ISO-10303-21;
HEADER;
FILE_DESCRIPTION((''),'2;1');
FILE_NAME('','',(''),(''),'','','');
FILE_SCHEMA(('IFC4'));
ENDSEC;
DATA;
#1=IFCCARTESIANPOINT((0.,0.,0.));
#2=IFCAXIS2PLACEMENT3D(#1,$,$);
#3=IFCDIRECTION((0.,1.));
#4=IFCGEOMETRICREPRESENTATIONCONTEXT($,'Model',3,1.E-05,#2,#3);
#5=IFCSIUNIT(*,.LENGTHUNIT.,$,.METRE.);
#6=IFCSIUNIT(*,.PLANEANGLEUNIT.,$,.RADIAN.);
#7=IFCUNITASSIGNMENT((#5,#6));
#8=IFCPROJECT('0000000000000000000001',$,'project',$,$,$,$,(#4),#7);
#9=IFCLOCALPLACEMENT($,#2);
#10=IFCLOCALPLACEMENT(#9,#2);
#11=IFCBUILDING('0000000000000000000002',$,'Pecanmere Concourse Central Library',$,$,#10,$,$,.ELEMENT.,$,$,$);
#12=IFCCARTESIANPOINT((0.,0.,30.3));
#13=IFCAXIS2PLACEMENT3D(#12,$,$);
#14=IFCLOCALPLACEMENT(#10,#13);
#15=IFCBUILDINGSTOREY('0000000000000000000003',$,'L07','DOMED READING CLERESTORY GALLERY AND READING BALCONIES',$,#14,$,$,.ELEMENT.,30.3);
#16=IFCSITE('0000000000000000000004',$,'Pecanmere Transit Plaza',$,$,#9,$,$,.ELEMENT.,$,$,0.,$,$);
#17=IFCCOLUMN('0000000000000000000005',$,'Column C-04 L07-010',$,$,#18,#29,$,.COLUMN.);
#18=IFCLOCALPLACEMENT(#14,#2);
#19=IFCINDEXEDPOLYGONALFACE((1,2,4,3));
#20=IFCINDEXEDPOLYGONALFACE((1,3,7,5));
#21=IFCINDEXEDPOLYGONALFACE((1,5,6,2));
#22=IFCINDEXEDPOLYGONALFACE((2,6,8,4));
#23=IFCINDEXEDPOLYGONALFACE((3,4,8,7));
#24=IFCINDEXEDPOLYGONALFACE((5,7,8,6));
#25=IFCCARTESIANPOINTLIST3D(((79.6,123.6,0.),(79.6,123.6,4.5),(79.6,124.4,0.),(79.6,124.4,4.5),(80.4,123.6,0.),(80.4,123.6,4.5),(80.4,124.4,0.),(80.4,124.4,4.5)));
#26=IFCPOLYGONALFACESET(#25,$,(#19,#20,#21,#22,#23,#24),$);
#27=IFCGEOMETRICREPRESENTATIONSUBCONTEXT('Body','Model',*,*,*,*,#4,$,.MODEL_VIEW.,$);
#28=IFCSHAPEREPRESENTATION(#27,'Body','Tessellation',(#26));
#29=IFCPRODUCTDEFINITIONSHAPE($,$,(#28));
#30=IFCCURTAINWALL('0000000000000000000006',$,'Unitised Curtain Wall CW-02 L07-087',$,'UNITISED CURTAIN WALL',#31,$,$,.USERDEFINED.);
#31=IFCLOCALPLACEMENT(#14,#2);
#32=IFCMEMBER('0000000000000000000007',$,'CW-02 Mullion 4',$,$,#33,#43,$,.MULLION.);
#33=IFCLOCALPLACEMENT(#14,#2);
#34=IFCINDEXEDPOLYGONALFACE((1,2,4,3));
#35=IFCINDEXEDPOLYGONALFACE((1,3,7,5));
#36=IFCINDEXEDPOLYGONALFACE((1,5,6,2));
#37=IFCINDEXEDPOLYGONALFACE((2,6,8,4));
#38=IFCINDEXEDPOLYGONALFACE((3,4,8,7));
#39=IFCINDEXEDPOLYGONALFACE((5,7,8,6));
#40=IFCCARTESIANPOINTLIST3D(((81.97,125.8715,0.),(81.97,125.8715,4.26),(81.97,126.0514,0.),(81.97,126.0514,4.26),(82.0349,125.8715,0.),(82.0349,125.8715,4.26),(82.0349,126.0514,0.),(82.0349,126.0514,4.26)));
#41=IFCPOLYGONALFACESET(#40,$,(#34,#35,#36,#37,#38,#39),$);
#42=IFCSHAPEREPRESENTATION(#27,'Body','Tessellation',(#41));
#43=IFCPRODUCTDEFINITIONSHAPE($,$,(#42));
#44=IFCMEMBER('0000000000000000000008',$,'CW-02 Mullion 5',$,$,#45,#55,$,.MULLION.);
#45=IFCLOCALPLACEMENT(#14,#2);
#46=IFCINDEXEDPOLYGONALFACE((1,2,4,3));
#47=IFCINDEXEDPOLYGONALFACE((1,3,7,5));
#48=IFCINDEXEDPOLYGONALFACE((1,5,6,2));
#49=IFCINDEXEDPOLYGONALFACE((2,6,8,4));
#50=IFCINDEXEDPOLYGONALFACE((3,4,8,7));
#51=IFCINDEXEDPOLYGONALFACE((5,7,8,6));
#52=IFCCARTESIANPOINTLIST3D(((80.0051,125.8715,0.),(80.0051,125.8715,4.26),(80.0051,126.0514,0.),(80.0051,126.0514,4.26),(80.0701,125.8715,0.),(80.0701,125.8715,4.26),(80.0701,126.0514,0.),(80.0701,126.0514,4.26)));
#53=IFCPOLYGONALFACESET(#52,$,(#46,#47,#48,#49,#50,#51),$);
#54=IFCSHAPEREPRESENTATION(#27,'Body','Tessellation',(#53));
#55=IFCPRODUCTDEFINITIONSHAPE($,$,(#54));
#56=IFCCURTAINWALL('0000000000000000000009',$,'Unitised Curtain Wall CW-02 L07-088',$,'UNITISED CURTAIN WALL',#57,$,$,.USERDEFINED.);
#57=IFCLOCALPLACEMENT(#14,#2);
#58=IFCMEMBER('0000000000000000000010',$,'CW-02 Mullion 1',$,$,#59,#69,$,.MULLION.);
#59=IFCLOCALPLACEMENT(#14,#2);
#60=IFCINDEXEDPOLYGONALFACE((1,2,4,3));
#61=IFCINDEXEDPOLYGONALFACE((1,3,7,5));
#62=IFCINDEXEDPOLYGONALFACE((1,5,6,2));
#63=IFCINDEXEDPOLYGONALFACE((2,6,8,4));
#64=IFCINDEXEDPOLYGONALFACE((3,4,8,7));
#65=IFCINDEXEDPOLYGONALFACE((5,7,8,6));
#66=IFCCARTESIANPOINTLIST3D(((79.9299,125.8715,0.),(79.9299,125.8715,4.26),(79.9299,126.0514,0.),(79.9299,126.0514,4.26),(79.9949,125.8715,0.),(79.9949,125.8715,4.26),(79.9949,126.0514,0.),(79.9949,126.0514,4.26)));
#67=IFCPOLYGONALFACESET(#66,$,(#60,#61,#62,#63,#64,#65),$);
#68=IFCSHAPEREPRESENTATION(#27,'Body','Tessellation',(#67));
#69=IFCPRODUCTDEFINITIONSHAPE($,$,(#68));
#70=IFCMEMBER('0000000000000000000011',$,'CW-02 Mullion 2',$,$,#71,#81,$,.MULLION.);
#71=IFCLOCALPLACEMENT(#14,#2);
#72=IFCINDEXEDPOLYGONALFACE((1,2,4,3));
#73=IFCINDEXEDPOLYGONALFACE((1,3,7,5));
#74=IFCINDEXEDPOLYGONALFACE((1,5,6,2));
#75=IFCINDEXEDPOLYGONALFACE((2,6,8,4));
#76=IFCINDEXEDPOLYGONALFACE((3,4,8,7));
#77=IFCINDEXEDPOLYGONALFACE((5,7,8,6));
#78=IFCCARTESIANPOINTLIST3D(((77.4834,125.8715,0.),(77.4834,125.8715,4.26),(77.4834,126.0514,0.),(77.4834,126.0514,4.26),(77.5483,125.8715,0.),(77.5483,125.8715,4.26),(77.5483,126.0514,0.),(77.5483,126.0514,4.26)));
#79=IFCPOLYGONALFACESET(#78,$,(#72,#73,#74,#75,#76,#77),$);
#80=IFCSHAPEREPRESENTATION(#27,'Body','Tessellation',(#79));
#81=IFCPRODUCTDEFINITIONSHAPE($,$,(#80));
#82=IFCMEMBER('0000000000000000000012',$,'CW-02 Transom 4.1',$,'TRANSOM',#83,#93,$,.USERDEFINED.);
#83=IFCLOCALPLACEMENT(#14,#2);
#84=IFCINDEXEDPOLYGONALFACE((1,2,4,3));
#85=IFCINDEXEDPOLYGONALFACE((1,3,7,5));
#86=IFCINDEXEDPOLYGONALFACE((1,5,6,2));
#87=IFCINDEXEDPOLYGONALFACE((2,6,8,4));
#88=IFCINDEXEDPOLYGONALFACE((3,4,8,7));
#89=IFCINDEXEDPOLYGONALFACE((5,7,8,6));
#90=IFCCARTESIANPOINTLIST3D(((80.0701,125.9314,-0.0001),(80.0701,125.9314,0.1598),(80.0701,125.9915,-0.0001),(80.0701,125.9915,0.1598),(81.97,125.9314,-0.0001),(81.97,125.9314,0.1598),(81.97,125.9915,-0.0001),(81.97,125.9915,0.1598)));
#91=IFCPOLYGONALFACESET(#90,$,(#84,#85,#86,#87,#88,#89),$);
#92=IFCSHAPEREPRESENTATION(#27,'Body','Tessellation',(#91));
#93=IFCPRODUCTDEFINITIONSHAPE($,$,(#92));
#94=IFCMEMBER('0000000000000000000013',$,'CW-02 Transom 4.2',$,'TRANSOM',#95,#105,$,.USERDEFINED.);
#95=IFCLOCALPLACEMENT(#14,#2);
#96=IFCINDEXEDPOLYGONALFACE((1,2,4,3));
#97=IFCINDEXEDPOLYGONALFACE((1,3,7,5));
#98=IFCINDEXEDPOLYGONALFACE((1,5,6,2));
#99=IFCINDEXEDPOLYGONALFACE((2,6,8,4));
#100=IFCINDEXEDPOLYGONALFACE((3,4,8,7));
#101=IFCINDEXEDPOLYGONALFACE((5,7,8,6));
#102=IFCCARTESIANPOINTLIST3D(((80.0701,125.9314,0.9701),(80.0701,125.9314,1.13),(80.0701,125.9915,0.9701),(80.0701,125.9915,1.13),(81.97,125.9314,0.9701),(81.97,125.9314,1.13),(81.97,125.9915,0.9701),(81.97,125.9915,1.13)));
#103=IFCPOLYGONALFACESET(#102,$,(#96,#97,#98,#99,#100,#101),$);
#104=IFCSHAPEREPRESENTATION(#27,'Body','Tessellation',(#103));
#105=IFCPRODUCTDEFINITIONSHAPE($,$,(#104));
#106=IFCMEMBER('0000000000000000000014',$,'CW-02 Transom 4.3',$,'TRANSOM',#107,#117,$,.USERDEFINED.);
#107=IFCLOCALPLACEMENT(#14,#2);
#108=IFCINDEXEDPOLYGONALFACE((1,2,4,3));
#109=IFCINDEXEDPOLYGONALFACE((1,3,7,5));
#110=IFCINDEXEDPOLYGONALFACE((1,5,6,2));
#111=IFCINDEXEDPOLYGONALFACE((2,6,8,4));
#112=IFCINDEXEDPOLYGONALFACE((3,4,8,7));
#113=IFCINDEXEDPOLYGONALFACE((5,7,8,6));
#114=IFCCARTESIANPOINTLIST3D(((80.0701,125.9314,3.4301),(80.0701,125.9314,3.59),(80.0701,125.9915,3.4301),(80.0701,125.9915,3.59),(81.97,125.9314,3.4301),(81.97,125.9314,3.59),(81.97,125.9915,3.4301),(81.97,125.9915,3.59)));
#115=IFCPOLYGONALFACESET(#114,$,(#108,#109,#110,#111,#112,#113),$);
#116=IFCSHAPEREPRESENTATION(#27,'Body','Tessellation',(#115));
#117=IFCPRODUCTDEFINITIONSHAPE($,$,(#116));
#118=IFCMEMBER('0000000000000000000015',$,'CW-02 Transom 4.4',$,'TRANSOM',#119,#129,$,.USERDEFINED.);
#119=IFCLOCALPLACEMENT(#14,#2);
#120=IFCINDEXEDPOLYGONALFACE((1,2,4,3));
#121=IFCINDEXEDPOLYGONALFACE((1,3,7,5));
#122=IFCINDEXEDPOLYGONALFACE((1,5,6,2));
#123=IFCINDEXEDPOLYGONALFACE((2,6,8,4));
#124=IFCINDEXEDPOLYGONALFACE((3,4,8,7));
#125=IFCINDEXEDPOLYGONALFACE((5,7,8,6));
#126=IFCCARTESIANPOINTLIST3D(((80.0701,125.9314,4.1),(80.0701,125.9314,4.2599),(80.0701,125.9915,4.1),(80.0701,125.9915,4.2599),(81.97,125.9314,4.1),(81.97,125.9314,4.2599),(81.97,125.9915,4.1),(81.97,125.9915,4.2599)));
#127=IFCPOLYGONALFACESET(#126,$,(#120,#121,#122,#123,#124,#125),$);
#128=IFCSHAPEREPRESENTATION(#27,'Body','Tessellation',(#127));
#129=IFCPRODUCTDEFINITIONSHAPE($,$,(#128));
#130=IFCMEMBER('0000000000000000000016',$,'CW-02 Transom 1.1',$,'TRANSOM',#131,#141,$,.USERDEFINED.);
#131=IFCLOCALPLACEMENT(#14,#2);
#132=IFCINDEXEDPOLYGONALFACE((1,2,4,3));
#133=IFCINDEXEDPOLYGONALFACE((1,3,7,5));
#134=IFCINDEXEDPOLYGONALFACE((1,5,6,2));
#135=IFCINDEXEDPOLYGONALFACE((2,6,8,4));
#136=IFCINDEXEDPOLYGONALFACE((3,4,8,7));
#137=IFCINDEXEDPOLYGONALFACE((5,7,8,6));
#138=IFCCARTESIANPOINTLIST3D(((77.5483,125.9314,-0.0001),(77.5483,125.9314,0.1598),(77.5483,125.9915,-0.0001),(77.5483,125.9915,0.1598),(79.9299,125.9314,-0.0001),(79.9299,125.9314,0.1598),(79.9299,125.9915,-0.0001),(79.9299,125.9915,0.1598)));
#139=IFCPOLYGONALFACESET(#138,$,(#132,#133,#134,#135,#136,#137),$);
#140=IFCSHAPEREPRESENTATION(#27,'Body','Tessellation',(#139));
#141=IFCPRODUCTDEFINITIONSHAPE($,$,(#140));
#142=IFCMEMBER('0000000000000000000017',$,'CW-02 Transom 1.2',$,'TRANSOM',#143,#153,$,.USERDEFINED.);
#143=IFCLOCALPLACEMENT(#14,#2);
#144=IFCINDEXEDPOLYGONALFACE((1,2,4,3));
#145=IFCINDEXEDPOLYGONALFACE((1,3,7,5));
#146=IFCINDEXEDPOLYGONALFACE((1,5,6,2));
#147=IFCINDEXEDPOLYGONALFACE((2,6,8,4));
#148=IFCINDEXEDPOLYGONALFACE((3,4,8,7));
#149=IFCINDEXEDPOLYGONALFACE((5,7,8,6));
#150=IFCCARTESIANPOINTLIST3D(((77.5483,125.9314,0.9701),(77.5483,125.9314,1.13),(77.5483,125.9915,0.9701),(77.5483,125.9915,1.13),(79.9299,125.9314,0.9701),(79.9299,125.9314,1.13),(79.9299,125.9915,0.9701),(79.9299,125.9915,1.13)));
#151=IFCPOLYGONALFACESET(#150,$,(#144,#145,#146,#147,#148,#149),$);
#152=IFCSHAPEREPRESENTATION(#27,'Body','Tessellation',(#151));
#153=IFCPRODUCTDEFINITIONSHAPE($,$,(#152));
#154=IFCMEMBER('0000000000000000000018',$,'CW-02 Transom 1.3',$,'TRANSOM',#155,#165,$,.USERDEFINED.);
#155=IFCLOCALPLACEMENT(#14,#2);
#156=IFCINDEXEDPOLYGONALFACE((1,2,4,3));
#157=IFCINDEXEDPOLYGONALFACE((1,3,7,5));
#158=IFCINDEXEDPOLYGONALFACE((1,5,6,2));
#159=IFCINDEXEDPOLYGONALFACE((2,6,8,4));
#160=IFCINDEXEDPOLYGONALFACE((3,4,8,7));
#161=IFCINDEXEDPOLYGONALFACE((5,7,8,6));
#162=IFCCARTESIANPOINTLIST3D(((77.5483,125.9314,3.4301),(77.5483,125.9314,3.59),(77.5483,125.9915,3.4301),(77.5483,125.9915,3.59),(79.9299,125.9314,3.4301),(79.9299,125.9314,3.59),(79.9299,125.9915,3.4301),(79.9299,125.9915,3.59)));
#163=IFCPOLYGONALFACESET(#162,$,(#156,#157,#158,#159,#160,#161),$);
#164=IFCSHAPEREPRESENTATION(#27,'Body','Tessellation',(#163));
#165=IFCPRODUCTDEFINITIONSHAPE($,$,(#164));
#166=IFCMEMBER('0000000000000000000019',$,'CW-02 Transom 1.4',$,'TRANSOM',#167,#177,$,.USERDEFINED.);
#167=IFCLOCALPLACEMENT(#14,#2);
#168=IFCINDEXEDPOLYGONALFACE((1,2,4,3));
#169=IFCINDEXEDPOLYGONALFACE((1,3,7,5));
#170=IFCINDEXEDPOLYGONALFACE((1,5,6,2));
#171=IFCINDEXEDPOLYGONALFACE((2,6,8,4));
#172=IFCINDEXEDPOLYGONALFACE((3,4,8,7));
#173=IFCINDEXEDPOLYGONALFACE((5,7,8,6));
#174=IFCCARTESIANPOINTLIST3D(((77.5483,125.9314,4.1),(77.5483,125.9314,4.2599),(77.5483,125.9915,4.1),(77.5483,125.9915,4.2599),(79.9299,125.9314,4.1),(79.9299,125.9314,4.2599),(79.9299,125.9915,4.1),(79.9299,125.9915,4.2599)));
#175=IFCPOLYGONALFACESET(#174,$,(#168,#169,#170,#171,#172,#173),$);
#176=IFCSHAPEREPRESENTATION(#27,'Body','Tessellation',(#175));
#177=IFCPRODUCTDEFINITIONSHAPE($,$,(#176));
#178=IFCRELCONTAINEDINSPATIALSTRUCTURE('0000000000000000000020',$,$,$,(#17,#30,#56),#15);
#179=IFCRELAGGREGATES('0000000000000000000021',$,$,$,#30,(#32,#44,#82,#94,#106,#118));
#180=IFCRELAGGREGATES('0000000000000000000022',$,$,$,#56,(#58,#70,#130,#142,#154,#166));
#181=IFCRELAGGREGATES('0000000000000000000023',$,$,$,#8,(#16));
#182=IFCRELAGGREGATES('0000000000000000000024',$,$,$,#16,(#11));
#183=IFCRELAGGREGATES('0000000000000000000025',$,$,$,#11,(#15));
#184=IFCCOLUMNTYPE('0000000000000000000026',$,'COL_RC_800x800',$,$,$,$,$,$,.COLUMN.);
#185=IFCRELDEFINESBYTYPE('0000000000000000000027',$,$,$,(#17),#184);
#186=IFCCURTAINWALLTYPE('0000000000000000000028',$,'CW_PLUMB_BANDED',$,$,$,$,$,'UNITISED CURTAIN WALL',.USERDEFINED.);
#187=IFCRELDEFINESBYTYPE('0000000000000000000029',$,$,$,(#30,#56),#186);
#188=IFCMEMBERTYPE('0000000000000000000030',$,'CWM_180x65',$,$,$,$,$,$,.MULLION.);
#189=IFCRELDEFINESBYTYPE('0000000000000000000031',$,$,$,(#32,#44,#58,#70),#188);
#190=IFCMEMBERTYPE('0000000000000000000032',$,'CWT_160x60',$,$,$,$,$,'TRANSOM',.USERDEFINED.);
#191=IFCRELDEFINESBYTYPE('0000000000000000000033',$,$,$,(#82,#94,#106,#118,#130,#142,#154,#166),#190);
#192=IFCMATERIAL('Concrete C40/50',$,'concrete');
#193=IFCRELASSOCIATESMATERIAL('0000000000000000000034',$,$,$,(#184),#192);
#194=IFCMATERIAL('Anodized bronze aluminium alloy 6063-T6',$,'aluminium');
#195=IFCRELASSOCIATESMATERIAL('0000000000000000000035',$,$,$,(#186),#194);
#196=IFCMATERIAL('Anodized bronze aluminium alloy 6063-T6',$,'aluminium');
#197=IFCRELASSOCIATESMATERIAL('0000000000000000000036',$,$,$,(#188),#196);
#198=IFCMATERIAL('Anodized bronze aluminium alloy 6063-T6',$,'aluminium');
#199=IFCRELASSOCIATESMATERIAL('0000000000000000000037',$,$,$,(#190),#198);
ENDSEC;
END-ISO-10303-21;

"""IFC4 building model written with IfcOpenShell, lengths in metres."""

from ifc_helpers import new_model, si_unit, direction, frame, origin, origin_2d, place, context, subcontext, project, spatial, rectangle, extrude, material, material_profile, profile_set, type_object, element, aggregate, save


model = new_model("IFC4")

# Units and contexts
model_context = context("Model", 3, precision=1e-05, world=origin(), true_north=direction((0.0, 1.0)))
body_context = subcontext(model_context, "Body", "Model", "MODEL_VIEW")
ifc_project = project(units=[si_unit("LENGTHUNIT", "METRE"), si_unit("PLANEANGLEUNIT", "RADIAN")], contexts=[model_context])

# Site, building, storey
site_placement = place(None, origin())
site = spatial("IfcSite", under=ifc_project, at=site_placement, Name="Pecanmere Transit Plaza", CompositionType="ELEMENT", RefElevation=0.0)
building_placement = place(site_placement, origin())
building = spatial("IfcBuilding", under=site, at=building_placement, Name="Pecanmere Concourse Central Library", CompositionType="ELEMENT")
storey_placement = place(building_placement, frame((0.0, 0.0, 30.3)))
storey = spatial("IfcBuildingStorey", under=building, at=storey_placement, Name="L07", Description="DOMED READING CLERESTORY GALLERY AND READING BALCONIES", CompositionType="ELEMENT", Elevation=30.3)

# Column
ifc_material_1 = material(Name="Concrete C40/50", Category="concrete")
ifc_material_profile_1 = material_profile(ifc_material_1, rectangle(XDim=0.8, YDim=0.8, at=origin_2d()), Name="RC 800x800")
ifc_profile_set_1 = profile_set([ifc_material_profile_1], Name="Concrete C40/50")
column_type = type_object("IfcColumnType", Name="COL_RC_800x800", PredefinedType="COLUMN", material=ifc_profile_set_1)
column_placement = place(storey_placement, frame((80.0, 124.0, 0.0), z_axis=(0.0, 0.0, 1.0), x_axis=(1.0, 0.0, 0.0)))
element("IfcColumn", 1, at=column_placement, inside=storey, type_object=column_type, Name="Column C-04 L07-010", PredefinedType="COLUMN", context=body_context, shape_type="SweptSolid", body=[
    extrude(rectangle(XDim=0.8, YDim=0.8, at=origin_2d()), origin(), (0.0, 0.0, 1.0), 4.5),
])

# Curtain walls, members
ifc_material_2 = material(Name="Anodized bronze aluminium alloy 6063-T6", Category="aluminium")
curtain_wall_type = type_object("IfcCurtainWallType", Name="CW_PLUMB_BANDED", ElementType="UNITISED CURTAIN WALL", PredefinedType="USERDEFINED", material=ifc_material_2)
curtain_wall_1_placement = place(storey_placement, origin())
curtain_wall_1 = element("IfcCurtainWall", 2, at=curtain_wall_1_placement, inside=storey, type_object=curtain_wall_type, Name="Unitised Curtain Wall CW-02 L07-087", ObjectType="UNITISED CURTAIN WALL", PredefinedType="USERDEFINED")
ifc_material_3 = material(Name="Anodized bronze aluminium alloy 6063-T6", Category="aluminium")
ifc_material_profile_2 = material_profile(ifc_material_3, rectangle(XDim=0.0649, YDim=0.1799, at=origin_2d()), Name="AL 65x180")
ifc_profile_set_2 = profile_set([ifc_material_profile_2], Name="Anodized bronze aluminium alloy 6063-T6")
member_type_1 = type_object("IfcMemberType", Name="CWM_180x65", PredefinedType="MULLION", material=ifc_profile_set_2)
member_1_placement = place(storey_placement, frame((82.0024, 125.9614, 0.0), z_axis=(0.0, 0.0, 1.0), x_axis=(-1.0, 0.0, 0.0)))
member_1 = element("IfcMember", 3, at=member_1_placement, type_object=member_type_1, Name="CW-02 Mullion 4", PredefinedType="MULLION", context=body_context, shape_type="SweptSolid", body=[
    extrude(rectangle(XDim=0.0649, YDim=0.1799, at=origin_2d()), origin(), (0.0, 0.0, 1.0), 4.26),
])
member_2_placement = place(storey_placement, frame((80.0376, 125.9614, 0.0), z_axis=(0.0, 0.0, 1.0), x_axis=(-1.0, 0.0, 0.0)))
member_2 = element("IfcMember", 4, at=member_2_placement, type_object=member_type_1, Name="CW-02 Mullion 5", PredefinedType="MULLION", context=body_context, shape_type="SweptSolid", body=[
    extrude(rectangle(XDim=0.0649, YDim=0.1799, at=origin_2d()), origin(), (0.0, 0.0, 1.0), 4.26),
])
curtain_wall_2_placement = place(storey_placement, origin())
curtain_wall_2 = element("IfcCurtainWall", 5, at=curtain_wall_2_placement, inside=storey, type_object=curtain_wall_type, Name="Unitised Curtain Wall CW-02 L07-088", ObjectType="UNITISED CURTAIN WALL", PredefinedType="USERDEFINED")
member_3_placement = place(storey_placement, frame((79.9624, 125.9614, 0.0), z_axis=(0.0, 0.0, 1.0), x_axis=(-1.0, 0.0, 0.0)))
member_3 = element("IfcMember", 6, at=member_3_placement, type_object=member_type_1, Name="CW-02 Mullion 1", PredefinedType="MULLION", context=body_context, shape_type="SweptSolid", body=[
    extrude(rectangle(XDim=0.0649, YDim=0.1799, at=origin_2d()), origin(), (0.0, 0.0, 1.0), 4.26),
])
member_4_placement = place(storey_placement, frame((77.5159, 125.9614, 0.0), z_axis=(0.0, 0.0, 1.0), x_axis=(-1.0, 0.0, 0.0)))
member_4 = element("IfcMember", 7, at=member_4_placement, type_object=member_type_1, Name="CW-02 Mullion 2", PredefinedType="MULLION", context=body_context, shape_type="SweptSolid", body=[
    extrude(rectangle(XDim=0.0649, YDim=0.1799, at=origin_2d()), origin(), (0.0, 0.0, 1.0), 4.26),
])

# Members
ifc_material_4 = material(Name="Anodized bronze aluminium alloy 6063-T6", Category="aluminium")
ifc_material_profile_3 = material_profile(ifc_material_4, rectangle(XDim=0.0601, YDim=0.1599, at=origin_2d()), Name="AL 60x160")
ifc_profile_set_3 = profile_set([ifc_material_profile_3], Name="Anodized bronze aluminium alloy 6063-T6")
member_type_2 = type_object("IfcMemberType", Name="CWT_160x60", ElementType="TRANSOM", PredefinedType="USERDEFINED", material=ifc_profile_set_3)
member_5_placement = place(storey_placement, frame((81.97, 125.9614, 0.0798), z_axis=(-1.0, 0.0, 0.0), x_axis=(0.0, -1.0, 0.0)))
member_5 = element("IfcMember", 8, at=member_5_placement, type_object=member_type_2, Name="CW-02 Transom 4.1", ObjectType="TRANSOM", PredefinedType="USERDEFINED", context=body_context, shape_type="SweptSolid", body=[
    extrude(rectangle(XDim=0.0601, YDim=0.1599, at=origin_2d()), origin(), (0.0, 0.0, 1.0), 1.8999),
])
member_6_placement = place(storey_placement, frame((81.97, 125.9614, 1.05), z_axis=(-1.0, 0.0, 0.0), x_axis=(0.0, -1.0, 0.0)))
member_6 = element("IfcMember", 9, at=member_6_placement, type_object=member_type_2, Name="CW-02 Transom 4.2", ObjectType="TRANSOM", PredefinedType="USERDEFINED", context=body_context, shape_type="SweptSolid", body=[
    extrude(rectangle(XDim=0.0601, YDim=0.1599, at=origin_2d()), origin(), (0.0, 0.0, 1.0), 1.8999),
])
member_7_placement = place(storey_placement, frame((81.97, 125.9614, 3.51), z_axis=(-1.0, 0.0, 0.0), x_axis=(0.0, -1.0, 0.0)))
member_7 = element("IfcMember", 10, at=member_7_placement, type_object=member_type_2, Name="CW-02 Transom 4.3", ObjectType="TRANSOM", PredefinedType="USERDEFINED", context=body_context, shape_type="SweptSolid", body=[
    extrude(rectangle(XDim=0.0601, YDim=0.1599, at=origin_2d()), origin(), (0.0, 0.0, 1.0), 1.8999),
])
member_8_placement = place(storey_placement, frame((81.97, 125.9614, 4.1799), z_axis=(-1.0, 0.0, 0.0), x_axis=(0.0, -1.0, 0.0)))
member_8 = element("IfcMember", 11, at=member_8_placement, type_object=member_type_2, Name="CW-02 Transom 4.4", ObjectType="TRANSOM", PredefinedType="USERDEFINED", context=body_context, shape_type="SweptSolid", body=[
    extrude(rectangle(XDim=0.0601, YDim=0.1599, at=origin_2d()), origin(), (0.0, 0.0, 1.0), 1.8999),
])
member_9_placement = place(storey_placement, frame((79.9299, 125.9614, 0.0798), z_axis=(-1.0, 0.0, 0.0), x_axis=(0.0, -1.0, 0.0)))
member_9 = element("IfcMember", 12, at=member_9_placement, type_object=member_type_2, Name="CW-02 Transom 1.1", ObjectType="TRANSOM", PredefinedType="USERDEFINED", context=body_context, shape_type="SweptSolid", body=[
    extrude(rectangle(XDim=0.0601, YDim=0.1599, at=origin_2d()), origin(), (0.0, 0.0, 1.0), 2.3816),
])
member_10_placement = place(storey_placement, frame((79.9299, 125.9614, 1.05), z_axis=(-1.0, 0.0, 0.0), x_axis=(0.0, -1.0, 0.0)))
member_10 = element("IfcMember", 13, at=member_10_placement, type_object=member_type_2, Name="CW-02 Transom 1.2", ObjectType="TRANSOM", PredefinedType="USERDEFINED", context=body_context, shape_type="SweptSolid", body=[
    extrude(rectangle(XDim=0.0601, YDim=0.1599, at=origin_2d()), origin(), (0.0, 0.0, 1.0), 2.3816),
])
member_11_placement = place(storey_placement, frame((79.9299, 125.9614, 3.51), z_axis=(-1.0, 0.0, 0.0), x_axis=(0.0, -1.0, 0.0)))
member_11 = element("IfcMember", 14, at=member_11_placement, type_object=member_type_2, Name="CW-02 Transom 1.3", ObjectType="TRANSOM", PredefinedType="USERDEFINED", context=body_context, shape_type="SweptSolid", body=[
    extrude(rectangle(XDim=0.0601, YDim=0.1599, at=origin_2d()), origin(), (0.0, 0.0, 1.0), 2.3816),
])
member_12_placement = place(storey_placement, frame((79.9299, 125.9614, 4.1799), z_axis=(-1.0, 0.0, 0.0), x_axis=(0.0, -1.0, 0.0)))
member_12 = element("IfcMember", 15, at=member_12_placement, type_object=member_type_2, Name="CW-02 Transom 1.4", ObjectType="TRANSOM", PredefinedType="USERDEFINED", context=body_context, shape_type="SweptSolid", body=[
    extrude(rectangle(XDim=0.0601, YDim=0.1599, at=origin_2d()), origin(), (0.0, 0.0, 1.0), 2.3816),
])

aggregate(curtain_wall_1, [member_1, member_2, member_5, member_6, member_7, member_8])
aggregate(curtain_wall_2, [member_3, member_4, member_9, member_10, member_11, member_12])

save(model, "model.ifc")
